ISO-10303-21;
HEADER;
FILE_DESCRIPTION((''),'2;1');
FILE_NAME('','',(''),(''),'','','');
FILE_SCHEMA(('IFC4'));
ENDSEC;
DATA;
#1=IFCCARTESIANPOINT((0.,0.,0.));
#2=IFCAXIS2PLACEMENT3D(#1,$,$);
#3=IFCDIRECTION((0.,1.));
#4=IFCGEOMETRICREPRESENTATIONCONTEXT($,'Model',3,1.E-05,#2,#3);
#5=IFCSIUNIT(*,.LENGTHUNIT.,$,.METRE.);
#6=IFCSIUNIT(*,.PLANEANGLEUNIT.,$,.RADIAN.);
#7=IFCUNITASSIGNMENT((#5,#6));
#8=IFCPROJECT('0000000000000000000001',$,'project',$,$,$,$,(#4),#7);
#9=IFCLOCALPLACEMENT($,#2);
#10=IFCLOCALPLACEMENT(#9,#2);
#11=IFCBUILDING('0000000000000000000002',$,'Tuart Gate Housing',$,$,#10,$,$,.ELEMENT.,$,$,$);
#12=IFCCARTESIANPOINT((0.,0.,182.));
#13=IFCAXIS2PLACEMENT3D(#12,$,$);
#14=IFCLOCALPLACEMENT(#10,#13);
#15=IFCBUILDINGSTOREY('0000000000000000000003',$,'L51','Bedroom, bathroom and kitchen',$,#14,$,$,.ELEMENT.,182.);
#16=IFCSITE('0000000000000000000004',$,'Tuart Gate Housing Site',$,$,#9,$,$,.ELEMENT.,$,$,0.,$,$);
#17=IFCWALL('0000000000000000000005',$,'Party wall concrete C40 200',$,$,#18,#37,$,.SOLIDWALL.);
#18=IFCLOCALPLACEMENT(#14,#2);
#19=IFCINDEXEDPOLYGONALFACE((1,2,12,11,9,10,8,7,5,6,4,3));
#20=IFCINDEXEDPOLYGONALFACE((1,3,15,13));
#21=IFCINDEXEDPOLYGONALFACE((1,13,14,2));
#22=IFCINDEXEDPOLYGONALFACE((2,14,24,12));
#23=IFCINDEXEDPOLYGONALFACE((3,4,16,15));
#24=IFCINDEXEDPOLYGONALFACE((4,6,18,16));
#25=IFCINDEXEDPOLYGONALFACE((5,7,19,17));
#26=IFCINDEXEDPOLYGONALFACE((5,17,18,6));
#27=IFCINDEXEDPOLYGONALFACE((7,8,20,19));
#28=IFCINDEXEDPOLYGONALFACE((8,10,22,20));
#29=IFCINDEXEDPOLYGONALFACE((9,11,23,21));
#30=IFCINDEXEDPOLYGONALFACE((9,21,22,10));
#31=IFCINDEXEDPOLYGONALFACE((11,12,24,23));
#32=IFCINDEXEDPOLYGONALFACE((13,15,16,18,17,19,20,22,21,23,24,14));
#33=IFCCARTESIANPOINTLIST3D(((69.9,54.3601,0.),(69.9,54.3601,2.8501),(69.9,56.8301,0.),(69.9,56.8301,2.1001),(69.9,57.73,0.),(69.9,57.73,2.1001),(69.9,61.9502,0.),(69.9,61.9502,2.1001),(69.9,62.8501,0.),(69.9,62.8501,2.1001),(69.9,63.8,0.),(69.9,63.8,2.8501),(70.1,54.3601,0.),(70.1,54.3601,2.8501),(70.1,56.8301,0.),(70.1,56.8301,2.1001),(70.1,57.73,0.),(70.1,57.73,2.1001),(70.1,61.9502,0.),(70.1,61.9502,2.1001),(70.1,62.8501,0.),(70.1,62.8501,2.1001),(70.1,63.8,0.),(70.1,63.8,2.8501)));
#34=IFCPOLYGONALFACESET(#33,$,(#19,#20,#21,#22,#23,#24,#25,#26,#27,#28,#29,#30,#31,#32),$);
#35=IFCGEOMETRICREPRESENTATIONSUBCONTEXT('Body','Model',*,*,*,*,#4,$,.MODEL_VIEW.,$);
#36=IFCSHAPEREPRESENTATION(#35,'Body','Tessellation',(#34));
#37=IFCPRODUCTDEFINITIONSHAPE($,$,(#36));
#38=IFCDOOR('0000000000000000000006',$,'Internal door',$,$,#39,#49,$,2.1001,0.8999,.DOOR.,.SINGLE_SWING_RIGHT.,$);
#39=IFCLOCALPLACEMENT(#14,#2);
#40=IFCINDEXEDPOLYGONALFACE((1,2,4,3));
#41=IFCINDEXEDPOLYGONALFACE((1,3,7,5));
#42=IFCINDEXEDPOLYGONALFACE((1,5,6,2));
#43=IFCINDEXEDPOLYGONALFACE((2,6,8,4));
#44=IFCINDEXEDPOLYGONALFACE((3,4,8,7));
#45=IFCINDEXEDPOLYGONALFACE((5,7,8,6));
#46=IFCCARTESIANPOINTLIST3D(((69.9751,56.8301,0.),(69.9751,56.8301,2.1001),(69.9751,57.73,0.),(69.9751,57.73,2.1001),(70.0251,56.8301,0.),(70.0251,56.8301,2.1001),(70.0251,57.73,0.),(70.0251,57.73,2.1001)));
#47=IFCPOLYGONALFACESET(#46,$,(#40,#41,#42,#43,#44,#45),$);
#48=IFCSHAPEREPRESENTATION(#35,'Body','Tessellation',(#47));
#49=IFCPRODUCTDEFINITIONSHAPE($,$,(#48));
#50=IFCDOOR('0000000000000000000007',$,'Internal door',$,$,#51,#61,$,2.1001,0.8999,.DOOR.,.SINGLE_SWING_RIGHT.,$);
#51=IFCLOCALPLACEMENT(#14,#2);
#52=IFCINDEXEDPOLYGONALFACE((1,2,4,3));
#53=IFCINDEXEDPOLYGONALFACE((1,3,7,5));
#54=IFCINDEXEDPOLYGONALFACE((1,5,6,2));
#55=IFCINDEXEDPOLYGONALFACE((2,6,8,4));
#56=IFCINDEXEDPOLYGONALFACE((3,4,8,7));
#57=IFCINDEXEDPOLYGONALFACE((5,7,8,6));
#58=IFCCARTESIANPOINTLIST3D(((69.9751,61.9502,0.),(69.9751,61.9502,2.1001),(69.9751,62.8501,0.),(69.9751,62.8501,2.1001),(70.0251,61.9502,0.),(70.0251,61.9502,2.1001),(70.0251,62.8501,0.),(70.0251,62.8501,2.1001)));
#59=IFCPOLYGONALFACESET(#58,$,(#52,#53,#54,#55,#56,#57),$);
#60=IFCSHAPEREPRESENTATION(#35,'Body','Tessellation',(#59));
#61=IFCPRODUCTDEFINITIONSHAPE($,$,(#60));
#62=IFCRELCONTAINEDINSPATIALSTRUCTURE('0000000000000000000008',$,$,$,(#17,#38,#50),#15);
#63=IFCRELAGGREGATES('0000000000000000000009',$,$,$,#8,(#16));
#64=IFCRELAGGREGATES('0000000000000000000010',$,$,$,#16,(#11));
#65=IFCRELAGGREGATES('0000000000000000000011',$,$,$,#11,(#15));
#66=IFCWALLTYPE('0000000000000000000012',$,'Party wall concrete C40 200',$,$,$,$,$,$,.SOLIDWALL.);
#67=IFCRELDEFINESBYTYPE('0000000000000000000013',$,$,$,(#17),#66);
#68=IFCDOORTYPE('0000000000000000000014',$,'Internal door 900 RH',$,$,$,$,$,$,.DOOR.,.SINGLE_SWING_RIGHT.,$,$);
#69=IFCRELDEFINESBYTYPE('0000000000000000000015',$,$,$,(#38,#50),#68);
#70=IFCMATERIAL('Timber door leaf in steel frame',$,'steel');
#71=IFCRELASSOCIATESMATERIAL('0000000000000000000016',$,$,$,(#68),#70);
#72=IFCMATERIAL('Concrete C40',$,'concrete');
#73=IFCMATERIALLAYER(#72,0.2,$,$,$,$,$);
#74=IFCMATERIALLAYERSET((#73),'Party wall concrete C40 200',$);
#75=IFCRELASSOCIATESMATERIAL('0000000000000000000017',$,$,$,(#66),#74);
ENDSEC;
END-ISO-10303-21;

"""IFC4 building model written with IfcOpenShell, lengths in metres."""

from ifc_helpers import new_model, si_unit, direction, frame, frame_2d, origin, place, context, subcontext, project, spatial, rectangle, extrude, material, layer, layer_set, type_object, element, fill, save


model = new_model("IFC4")

# Units and contexts
model_context = context("Model", 3, precision=1e-05, world=origin(), true_north=direction((0.0, 1.0)))
body_context = subcontext(model_context, "Body", "Model", "MODEL_VIEW")
ifc_project = project(units=[si_unit("LENGTHUNIT", "METRE"), si_unit("PLANEANGLEUNIT", "RADIAN")], contexts=[model_context])

# Site, building, storey
site_placement = place(None, origin())
site = spatial("IfcSite", under=ifc_project, at=site_placement, Name="Tuart Gate Housing Site", CompositionType="ELEMENT", RefElevation=0.0)
building_placement = place(site_placement, origin())
building = spatial("IfcBuilding", under=site, at=building_placement, Name="Tuart Gate Housing", CompositionType="ELEMENT")
storey_placement = place(building_placement, frame((0.0, 0.0, 182.0)))
storey = spatial("IfcBuildingStorey", under=building, at=storey_placement, Name="L51", Description="Bedroom, bathroom and kitchen", CompositionType="ELEMENT", Elevation=182.0)

# Shared definitions
ifc_material_1 = material(Name="Timber door leaf in steel frame", Category="steel")
door_type_1 = type_object("IfcDoorType", Name="Internal door 900 RH", OperationType="SINGLE_SWING_RIGHT", PredefinedType="DOOR", material=ifc_material_1)

# Shared definitions
ifc_material_2 = material(Name="Concrete C40", Category="concrete")
ifc_layer_1 = layer(ifc_material_2, 0.2)
ifc_layer_set_1 = layer_set([ifc_layer_1], Name="Party wall concrete C40 200")
wall_type_1 = type_object("IfcWallType", Name="Party wall concrete C40 200", PredefinedType="SOLIDWALL", material=ifc_layer_set_1)

# Wall, openings, doors
wall_1_placement = place(storey_placement, frame((70.0, 54.3601, 0.0), z_axis=(0.0, 0.0, 1.0), x_axis=(0.0, 1.0, 0.0)))
wall_1 = element("IfcWall", 1, at=wall_1_placement, inside=storey, type_object=wall_type_1, Name="Party wall concrete C40 200", PredefinedType="SOLIDWALL", context=body_context, shape_type="SweptSolid", body=[
    extrude(rectangle(XDim=9.4399, YDim=0.2, at=frame_2d((4.72, 0.0))), origin(), (0.0, 0.0, 1.0), 2.8501),
])
opening_1_placement = place(wall_1_placement, frame((2.47, 0.0, 0.0)))
opening_1 = element("IfcOpeningElement", 2, at=opening_1_placement, cuts=wall_1, PredefinedType="OPENING", context=body_context, shape_type="SweptSolid", body=[
    extrude(rectangle(XDim=0.8999, YDim=2.1001, at=frame_2d((0.45, 1.05))), frame((0.0, 0.1099, 0.0), z_axis=(0.0, -1.0, 0.0), x_axis=(1.0, 0.0, 0.0)), (0.0, 0.0, 1.0), 0.22),
])
opening_2_placement = place(wall_1_placement, frame((7.5901, 0.0, 0.0)))
opening_2 = element("IfcOpeningElement", 3, at=opening_2_placement, cuts=wall_1, PredefinedType="OPENING", context=body_context, shape_type="SweptSolid", body=[
    extrude(rectangle(XDim=0.8999, YDim=2.1001, at=frame_2d((0.45, 1.05))), frame((0.0, 0.1099, 0.0), z_axis=(0.0, -1.0, 0.0), x_axis=(1.0, 0.0, 0.0)), (0.0, 0.0, 1.0), 0.22),
])
door_1_placement = place(opening_1_placement, frame((0.8999, 0.0, 0.0), z_axis=(0.0, 0.0, 1.0), x_axis=(-1.0, 0.0, 0.0)))
door_1 = element("IfcDoor", 4, at=door_1_placement, inside=storey, type_object=door_type_1, Name="Internal door", OperationType="SINGLE_SWING_RIGHT", OverallHeight=2.1001, OverallWidth=0.8999, PredefinedType="DOOR", context=body_context, shape_type="SweptSolid", body=[
    extrude(rectangle(XDim=0.8999, YDim=2.1001, at=frame_2d((0.45, 1.05))), frame((0.0, 0.0251, 0.0), z_axis=(0.0, -1.0, 0.0), x_axis=(1.0, 0.0, 0.0)), (0.0, 0.0, 1.0), 0.05),
])
fill(opening_1, door_1)
door_2_placement = place(opening_2_placement, frame((0.8999, 0.0, 0.0), z_axis=(0.0, 0.0, 1.0), x_axis=(-1.0, 0.0, 0.0)))
door_2 = element("IfcDoor", 5, at=door_2_placement, inside=storey, type_object=door_type_1, Name="Internal door", OperationType="SINGLE_SWING_RIGHT", OverallHeight=2.1001, OverallWidth=0.8999, PredefinedType="DOOR", context=body_context, shape_type="SweptSolid", body=[
    extrude(rectangle(XDim=0.8999, YDim=2.1001, at=frame_2d((0.45, 1.05))), frame((0.0, 0.0251, 0.0), z_axis=(0.0, -1.0, 0.0), x_axis=(1.0, 0.0, 0.0)), (0.0, 0.0, 1.0), 0.05),
])
fill(opening_2, door_2)

save(model, "model.ifc")
